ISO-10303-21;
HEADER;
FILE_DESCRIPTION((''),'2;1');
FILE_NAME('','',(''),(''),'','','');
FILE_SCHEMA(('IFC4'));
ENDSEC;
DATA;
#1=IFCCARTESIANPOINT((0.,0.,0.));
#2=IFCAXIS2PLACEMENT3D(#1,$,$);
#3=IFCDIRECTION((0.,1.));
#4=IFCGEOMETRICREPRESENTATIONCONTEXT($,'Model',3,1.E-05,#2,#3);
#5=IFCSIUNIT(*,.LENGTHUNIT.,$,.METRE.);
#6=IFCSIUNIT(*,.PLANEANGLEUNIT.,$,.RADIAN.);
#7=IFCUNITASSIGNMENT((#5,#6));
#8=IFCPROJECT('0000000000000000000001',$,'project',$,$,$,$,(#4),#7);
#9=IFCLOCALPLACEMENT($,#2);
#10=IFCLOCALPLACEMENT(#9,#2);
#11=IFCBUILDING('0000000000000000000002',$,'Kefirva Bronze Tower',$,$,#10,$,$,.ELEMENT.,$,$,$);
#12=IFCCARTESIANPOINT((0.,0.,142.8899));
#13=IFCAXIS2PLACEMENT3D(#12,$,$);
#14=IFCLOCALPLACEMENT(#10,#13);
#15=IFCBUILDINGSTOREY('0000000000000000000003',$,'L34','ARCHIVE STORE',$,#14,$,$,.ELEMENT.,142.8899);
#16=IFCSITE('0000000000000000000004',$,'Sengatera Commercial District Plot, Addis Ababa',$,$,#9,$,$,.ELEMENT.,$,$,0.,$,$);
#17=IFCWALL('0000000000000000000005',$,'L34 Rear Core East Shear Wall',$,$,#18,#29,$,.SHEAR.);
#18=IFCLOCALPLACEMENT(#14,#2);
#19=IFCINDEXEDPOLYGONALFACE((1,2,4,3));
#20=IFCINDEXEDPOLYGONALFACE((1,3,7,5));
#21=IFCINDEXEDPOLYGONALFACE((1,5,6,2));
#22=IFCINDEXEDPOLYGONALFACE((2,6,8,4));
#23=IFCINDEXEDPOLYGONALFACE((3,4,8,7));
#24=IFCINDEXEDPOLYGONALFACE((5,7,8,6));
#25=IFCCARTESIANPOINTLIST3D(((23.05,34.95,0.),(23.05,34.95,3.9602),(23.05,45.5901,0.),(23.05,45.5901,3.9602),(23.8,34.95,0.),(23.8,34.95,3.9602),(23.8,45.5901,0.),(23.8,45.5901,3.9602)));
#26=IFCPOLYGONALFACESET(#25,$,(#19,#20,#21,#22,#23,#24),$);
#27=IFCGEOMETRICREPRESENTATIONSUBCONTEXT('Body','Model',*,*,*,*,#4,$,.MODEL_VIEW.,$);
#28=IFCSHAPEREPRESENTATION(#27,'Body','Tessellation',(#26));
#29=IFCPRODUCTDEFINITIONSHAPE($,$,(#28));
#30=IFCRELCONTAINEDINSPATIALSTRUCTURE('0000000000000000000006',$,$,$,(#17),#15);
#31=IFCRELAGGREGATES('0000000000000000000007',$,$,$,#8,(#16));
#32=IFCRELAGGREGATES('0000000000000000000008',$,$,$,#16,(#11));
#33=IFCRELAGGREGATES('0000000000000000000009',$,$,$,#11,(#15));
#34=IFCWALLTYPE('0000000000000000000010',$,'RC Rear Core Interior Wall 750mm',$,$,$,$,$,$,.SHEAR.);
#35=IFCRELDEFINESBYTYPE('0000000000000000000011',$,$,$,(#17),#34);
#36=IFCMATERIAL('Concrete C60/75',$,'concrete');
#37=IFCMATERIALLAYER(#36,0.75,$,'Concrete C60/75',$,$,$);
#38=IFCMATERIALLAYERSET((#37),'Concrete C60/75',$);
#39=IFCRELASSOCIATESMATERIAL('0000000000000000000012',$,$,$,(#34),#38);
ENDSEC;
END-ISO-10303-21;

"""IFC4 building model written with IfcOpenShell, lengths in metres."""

from ifc_helpers import new_model, si_unit, direction, frame, frame_2d, origin, place, context, subcontext, project, spatial, rectangle, extrude, material, layer, layer_set, type_object, element, save


model = new_model("IFC4")

# Units and contexts
model_context = context("Model", 3, precision=1e-05, world=origin(), true_north=direction((0.0, 1.0)))
body_context = subcontext(model_context, "Body", "Model", "MODEL_VIEW")
ifc_project = project(units=[si_unit("LENGTHUNIT", "METRE"), si_unit("PLANEANGLEUNIT", "RADIAN")], contexts=[model_context])

# Site, building, storey
site_placement = place(None, origin())
site = spatial("IfcSite", under=ifc_project, at=site_placement, Name="Sengatera Commercial District Plot, Addis Ababa", CompositionType="ELEMENT", RefElevation=0.0)
building_placement = place(site_placement, origin())
building = spatial("IfcBuilding", under=site, at=building_placement, Name="Kefirva Bronze Tower", CompositionType="ELEMENT")
storey_placement = place(building_placement, frame((0.0, 0.0, 142.8899)))
storey = spatial("IfcBuildingStorey", under=building, at=storey_placement, Name="L34", Description="ARCHIVE STORE", CompositionType="ELEMENT", Elevation=142.8899)

# Shared definitions
ifc_material_1 = material(Name="Concrete C60/75", Category="concrete")

# Wall
ifc_layer_1 = layer(ifc_material_1, 0.75, Name="Concrete C60/75")
ifc_layer_set_1 = layer_set([ifc_layer_1], Name="Concrete C60/75")
wall_type_1 = type_object("IfcWallType", Name="RC Rear Core Interior Wall 750mm", PredefinedType="SHEAR", material=ifc_layer_set_1)
wall_1_placement = place(storey_placement, frame((23.425, 34.95, 0.0), z_axis=(0.0, 0.0, 1.0), x_axis=(0.0, 1.0, 0.0)))
element("IfcWall", 1, at=wall_1_placement, inside=storey, type_object=wall_type_1, Name="L34 Rear Core East Shear Wall", PredefinedType="SHEAR", context=body_context, shape_type="SweptSolid", body=[
    extrude(rectangle(XDim=10.6401, YDim=0.75, at=frame_2d((5.3201, 0.0))), origin(), (0.0, 0.0, 1.0), 3.9602),
])

save(model, "model.ifc")
